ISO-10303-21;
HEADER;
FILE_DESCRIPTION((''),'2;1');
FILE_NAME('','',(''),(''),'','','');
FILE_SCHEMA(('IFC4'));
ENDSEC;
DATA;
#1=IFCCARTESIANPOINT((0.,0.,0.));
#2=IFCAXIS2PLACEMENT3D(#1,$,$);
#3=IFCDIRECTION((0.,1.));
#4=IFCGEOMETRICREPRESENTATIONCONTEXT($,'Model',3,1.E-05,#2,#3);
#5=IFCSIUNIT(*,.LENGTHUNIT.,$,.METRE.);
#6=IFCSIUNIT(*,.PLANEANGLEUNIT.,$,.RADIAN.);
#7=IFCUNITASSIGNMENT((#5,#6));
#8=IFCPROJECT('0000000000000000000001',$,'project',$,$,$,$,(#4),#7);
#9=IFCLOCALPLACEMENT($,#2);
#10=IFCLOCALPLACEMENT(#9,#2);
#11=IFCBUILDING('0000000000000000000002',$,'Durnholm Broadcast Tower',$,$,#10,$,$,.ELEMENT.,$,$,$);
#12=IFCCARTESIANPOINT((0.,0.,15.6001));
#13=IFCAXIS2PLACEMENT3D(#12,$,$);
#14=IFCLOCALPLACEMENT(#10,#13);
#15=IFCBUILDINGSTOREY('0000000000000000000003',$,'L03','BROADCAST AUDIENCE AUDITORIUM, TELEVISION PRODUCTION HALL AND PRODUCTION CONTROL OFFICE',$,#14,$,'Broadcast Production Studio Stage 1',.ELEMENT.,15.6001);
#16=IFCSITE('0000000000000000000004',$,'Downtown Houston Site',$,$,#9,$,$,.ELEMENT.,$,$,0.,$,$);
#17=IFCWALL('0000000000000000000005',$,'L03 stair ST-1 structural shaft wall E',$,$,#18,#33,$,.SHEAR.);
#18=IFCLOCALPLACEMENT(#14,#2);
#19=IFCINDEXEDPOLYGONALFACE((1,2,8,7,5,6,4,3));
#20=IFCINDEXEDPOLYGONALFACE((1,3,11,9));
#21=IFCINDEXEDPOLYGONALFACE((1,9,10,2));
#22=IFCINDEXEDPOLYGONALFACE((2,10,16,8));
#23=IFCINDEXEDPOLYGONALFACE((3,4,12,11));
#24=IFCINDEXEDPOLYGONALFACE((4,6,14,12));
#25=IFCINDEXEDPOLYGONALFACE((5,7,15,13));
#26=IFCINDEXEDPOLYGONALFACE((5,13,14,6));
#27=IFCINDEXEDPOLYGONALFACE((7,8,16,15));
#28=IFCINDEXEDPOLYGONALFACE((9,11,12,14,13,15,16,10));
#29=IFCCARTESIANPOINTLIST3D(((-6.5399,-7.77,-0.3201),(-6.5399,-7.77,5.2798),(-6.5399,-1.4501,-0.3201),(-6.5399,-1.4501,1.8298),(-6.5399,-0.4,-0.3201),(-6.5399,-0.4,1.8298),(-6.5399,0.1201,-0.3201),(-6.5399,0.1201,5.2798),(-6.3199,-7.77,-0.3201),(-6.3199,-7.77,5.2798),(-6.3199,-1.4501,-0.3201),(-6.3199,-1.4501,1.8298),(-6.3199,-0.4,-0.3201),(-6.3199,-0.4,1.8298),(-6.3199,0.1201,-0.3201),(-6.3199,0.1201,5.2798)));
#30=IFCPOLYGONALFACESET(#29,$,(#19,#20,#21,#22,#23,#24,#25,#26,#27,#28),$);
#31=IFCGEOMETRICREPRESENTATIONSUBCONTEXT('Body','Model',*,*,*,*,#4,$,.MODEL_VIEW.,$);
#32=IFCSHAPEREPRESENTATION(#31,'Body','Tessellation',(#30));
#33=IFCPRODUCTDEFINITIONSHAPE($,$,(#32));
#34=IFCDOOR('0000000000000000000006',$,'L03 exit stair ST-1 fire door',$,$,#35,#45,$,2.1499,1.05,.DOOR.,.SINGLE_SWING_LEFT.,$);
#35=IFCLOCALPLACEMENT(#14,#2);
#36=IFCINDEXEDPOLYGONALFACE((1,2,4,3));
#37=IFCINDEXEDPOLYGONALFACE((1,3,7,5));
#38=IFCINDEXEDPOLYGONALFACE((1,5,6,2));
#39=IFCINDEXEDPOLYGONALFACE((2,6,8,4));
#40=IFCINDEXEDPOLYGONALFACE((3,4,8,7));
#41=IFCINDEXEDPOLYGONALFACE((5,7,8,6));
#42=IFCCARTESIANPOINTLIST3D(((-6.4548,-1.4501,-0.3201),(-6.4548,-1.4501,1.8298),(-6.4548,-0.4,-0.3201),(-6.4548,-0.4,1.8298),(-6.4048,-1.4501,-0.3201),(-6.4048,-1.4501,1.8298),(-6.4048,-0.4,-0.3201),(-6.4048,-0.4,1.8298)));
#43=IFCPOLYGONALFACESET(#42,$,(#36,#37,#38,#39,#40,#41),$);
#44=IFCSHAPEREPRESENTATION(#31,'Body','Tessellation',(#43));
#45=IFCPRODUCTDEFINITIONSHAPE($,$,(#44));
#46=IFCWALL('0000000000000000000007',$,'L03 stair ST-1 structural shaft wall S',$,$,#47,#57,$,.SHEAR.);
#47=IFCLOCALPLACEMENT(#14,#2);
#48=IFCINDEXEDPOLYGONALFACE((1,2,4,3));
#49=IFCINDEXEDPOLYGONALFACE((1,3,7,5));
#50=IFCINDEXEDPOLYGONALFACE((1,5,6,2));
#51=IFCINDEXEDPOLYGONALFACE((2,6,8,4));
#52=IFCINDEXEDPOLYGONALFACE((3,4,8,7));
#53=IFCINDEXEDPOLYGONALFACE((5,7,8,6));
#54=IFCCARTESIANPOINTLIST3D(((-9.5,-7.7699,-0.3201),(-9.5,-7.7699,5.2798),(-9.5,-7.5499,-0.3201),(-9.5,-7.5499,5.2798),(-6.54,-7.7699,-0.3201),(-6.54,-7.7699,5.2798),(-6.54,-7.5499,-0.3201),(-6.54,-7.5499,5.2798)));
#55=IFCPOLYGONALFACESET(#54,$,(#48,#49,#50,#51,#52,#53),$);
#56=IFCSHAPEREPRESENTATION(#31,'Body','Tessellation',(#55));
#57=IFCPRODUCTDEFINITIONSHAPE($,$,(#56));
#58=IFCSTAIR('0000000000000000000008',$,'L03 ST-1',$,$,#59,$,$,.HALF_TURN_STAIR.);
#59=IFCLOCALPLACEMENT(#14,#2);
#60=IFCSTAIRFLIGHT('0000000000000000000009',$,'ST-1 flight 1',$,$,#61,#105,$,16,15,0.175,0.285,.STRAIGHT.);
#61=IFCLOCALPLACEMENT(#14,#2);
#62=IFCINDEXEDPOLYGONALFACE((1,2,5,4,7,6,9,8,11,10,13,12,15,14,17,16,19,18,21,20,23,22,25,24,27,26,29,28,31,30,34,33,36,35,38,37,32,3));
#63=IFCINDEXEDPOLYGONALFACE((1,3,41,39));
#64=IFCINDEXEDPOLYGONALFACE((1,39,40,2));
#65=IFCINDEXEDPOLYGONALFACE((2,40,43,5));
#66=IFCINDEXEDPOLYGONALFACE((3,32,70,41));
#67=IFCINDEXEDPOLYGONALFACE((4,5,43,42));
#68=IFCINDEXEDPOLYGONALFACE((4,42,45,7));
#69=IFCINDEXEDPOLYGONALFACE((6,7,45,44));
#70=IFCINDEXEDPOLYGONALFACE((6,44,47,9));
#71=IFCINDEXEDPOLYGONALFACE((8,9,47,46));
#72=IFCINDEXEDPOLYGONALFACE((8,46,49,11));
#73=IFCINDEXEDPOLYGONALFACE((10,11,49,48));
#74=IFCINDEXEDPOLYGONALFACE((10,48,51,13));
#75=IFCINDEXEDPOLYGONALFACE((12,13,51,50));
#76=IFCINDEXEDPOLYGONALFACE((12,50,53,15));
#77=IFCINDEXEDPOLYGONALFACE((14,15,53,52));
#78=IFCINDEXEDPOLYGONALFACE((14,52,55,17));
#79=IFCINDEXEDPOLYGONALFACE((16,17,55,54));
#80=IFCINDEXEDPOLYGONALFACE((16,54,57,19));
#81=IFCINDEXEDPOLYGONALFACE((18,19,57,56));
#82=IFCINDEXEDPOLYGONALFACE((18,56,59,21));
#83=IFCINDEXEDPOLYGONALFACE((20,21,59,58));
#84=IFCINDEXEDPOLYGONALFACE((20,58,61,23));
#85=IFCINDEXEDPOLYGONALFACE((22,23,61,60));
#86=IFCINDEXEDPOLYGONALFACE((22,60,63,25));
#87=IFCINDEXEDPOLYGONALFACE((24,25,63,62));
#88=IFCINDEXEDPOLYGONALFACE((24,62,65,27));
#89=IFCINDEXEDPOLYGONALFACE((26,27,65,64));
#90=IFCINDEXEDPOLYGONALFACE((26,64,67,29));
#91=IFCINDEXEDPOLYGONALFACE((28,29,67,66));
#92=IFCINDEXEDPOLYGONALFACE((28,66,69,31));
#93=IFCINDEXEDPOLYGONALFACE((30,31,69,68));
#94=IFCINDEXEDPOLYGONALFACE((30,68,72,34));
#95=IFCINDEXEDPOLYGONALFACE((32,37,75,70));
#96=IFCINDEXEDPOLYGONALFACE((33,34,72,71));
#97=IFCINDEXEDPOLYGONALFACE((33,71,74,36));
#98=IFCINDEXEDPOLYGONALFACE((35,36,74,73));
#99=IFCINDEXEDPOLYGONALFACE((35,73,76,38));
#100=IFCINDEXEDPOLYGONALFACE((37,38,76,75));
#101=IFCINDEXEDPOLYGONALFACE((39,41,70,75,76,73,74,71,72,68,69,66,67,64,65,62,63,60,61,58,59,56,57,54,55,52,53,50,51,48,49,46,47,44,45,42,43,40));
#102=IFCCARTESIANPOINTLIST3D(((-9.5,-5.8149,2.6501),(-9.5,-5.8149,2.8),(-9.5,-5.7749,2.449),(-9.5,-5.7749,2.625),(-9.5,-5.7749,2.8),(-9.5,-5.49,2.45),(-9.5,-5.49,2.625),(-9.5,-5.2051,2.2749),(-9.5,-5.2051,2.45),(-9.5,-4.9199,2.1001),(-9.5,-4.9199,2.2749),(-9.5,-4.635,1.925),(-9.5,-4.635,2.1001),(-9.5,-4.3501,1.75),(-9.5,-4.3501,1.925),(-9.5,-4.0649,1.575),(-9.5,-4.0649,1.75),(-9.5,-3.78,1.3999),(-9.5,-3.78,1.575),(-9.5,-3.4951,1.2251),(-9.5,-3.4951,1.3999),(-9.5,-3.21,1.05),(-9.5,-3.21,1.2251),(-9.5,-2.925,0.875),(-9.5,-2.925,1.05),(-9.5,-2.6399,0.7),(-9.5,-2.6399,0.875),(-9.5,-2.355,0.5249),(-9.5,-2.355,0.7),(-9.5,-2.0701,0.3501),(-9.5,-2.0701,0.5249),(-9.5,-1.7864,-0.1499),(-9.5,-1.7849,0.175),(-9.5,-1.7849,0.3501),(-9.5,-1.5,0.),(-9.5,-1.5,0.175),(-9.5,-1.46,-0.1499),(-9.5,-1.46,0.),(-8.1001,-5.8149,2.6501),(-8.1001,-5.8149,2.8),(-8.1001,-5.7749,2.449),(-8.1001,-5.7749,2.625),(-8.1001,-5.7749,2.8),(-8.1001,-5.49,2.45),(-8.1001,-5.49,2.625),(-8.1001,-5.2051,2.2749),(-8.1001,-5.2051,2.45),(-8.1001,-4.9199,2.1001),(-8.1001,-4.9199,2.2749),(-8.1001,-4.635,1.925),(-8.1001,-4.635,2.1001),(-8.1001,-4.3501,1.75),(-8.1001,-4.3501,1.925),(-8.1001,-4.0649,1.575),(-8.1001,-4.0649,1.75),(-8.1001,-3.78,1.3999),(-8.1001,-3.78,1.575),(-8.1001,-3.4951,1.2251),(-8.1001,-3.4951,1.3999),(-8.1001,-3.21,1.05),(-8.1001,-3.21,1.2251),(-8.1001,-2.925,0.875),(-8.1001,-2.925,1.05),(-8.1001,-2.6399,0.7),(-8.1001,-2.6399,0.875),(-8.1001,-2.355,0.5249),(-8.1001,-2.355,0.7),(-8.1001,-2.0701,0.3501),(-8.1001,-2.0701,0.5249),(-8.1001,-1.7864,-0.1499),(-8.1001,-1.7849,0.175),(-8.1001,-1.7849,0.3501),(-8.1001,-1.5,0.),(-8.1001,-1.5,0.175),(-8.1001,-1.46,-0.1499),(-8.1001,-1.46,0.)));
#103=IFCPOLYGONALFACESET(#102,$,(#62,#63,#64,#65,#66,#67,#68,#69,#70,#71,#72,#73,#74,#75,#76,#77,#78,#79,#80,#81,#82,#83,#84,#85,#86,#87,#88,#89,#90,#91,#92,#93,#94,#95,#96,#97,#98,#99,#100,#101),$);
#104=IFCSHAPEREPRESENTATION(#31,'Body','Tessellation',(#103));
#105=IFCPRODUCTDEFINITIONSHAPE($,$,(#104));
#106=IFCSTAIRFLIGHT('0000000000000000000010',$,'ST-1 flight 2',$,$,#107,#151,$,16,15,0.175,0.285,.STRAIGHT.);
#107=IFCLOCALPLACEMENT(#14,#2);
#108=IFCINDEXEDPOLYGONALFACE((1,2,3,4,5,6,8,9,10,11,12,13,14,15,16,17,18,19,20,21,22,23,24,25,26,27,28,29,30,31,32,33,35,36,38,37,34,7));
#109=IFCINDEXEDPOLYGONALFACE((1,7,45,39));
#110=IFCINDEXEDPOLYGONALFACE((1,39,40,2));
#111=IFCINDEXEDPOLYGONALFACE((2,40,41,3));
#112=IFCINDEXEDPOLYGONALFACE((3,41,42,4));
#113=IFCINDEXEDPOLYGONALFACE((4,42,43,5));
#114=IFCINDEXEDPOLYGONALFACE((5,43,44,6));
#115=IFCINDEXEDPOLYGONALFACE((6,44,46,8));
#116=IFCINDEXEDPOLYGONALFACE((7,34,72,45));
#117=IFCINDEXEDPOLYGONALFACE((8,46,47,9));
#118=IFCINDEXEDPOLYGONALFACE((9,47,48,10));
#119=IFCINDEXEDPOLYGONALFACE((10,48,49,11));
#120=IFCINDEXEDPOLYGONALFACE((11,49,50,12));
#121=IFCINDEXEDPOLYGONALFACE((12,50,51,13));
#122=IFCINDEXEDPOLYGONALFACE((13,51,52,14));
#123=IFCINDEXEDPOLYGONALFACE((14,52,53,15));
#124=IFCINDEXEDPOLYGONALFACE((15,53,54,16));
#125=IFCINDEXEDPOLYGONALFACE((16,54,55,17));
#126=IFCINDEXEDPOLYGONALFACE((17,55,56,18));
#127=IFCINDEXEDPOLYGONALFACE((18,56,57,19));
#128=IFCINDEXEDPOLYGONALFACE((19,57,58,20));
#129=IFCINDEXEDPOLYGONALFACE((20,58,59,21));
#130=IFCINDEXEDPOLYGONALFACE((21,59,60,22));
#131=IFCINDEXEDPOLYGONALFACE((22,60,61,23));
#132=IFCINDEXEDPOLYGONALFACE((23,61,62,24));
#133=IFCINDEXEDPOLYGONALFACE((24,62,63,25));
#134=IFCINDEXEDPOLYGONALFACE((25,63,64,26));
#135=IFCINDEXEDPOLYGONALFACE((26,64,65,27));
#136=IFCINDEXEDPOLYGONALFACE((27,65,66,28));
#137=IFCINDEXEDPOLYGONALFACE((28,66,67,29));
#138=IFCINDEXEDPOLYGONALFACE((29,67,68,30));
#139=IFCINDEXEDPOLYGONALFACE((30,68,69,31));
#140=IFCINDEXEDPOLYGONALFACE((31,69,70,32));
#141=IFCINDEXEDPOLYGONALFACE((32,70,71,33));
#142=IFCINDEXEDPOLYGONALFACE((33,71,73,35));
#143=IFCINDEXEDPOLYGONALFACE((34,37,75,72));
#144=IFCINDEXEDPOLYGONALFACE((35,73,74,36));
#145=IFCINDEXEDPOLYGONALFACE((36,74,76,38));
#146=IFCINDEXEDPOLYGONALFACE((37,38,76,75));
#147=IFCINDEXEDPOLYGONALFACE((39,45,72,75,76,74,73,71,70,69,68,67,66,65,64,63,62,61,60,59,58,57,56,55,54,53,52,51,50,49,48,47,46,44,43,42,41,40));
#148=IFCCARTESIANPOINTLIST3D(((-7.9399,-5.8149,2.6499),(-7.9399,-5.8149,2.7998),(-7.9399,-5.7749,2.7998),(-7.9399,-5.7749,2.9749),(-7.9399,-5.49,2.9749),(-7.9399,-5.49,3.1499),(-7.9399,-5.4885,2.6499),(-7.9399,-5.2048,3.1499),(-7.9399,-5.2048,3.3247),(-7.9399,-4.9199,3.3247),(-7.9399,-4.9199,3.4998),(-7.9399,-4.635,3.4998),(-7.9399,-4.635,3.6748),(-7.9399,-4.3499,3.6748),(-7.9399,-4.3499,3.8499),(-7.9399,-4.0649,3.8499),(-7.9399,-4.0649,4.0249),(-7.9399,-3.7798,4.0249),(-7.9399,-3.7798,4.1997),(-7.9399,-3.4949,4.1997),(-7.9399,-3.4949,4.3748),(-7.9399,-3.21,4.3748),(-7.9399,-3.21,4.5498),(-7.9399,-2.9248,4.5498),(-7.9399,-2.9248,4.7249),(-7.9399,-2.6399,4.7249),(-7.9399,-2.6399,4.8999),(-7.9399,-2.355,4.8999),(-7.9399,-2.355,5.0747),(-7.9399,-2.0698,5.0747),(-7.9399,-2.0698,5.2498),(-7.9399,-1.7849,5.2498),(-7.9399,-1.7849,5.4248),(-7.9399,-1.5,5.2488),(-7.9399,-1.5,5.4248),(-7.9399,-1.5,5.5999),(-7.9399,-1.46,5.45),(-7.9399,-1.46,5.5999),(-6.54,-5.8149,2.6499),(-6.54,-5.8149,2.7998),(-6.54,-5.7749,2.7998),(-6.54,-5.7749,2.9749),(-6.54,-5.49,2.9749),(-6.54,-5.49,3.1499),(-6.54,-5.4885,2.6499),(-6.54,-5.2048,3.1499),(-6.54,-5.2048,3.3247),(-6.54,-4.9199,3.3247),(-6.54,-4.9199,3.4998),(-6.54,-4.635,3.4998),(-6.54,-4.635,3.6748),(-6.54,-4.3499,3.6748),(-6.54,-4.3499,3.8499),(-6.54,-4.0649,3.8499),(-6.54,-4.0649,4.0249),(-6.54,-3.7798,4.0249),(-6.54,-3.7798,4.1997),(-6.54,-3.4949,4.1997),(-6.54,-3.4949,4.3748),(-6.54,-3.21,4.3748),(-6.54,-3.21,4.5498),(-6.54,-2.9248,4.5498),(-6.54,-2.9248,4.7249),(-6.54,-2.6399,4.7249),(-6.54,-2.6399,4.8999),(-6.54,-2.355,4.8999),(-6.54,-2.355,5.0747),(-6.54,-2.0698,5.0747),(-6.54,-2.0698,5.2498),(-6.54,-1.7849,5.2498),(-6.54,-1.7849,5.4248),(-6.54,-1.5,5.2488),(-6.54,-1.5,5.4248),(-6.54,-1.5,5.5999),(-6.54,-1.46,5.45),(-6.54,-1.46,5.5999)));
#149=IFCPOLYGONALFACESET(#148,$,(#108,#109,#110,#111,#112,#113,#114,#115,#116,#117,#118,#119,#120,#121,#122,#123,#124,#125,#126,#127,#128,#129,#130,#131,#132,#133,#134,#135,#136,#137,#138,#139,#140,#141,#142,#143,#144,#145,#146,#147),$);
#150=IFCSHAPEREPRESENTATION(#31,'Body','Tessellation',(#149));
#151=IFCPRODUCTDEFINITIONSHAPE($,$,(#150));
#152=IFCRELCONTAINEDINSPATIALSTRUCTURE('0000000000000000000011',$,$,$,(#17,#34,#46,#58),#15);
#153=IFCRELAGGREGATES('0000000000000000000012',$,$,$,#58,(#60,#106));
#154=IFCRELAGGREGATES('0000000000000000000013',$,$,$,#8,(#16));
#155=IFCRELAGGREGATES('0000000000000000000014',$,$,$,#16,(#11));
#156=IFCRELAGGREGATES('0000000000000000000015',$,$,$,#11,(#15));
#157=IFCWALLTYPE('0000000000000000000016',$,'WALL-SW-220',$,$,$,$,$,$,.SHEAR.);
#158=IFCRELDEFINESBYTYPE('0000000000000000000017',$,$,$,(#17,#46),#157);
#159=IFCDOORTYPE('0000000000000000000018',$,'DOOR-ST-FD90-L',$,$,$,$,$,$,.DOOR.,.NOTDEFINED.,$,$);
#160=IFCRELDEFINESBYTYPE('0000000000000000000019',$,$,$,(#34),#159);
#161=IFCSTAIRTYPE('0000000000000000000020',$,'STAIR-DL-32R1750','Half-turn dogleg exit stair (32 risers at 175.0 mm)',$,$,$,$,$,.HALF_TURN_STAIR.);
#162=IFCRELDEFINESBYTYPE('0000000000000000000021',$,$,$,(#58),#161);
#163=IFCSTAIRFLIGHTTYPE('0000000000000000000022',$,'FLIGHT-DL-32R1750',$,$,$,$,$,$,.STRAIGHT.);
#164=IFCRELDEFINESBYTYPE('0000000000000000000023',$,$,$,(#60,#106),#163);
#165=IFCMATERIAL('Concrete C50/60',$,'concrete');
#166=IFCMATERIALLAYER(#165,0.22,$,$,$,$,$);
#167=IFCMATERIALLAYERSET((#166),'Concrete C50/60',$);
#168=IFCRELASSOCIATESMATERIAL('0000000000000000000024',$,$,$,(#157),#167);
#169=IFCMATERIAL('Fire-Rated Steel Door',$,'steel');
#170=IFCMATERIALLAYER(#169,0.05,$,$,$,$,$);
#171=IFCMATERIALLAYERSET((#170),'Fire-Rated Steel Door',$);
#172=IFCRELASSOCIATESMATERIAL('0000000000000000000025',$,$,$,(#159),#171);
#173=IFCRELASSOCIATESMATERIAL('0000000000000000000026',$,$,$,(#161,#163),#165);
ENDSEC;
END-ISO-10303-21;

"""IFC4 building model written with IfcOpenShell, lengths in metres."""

from ifc_helpers import new_model, si_unit, direction, frame, frame_2d, origin, place, context, subcontext, project, spatial, polyline, rectangle, outline, extrude, source, transform, mapped, material, layer, layer_set, type_object, type_shapes, element, fill, aggregate, save


model = new_model("IFC4")

# Units and contexts
model_context = context("Model", 3, precision=1e-05, world=origin(), true_north=direction((0.0, 1.0)))
body_context = subcontext(model_context, "Body", "Model", "MODEL_VIEW")
ifc_project = project(units=[si_unit("LENGTHUNIT", "METRE"), si_unit("PLANEANGLEUNIT", "RADIAN")], contexts=[model_context])

# Site, building, storey
site_placement = place(None, origin())
site = spatial("IfcSite", under=ifc_project, at=site_placement, Name="Downtown Houston Site", CompositionType="ELEMENT", RefElevation=0.0)
building_placement = place(site_placement, origin())
building = spatial("IfcBuilding", under=site, at=building_placement, Name="Durnholm Broadcast Tower", CompositionType="ELEMENT")
storey_placement = place(building_placement, frame((0.0, 0.0, 15.6001)))
storey = spatial("IfcBuildingStorey", under=building, at=storey_placement, Name="L03", Description="BROADCAST AUDIENCE AUDITORIUM, TELEVISION PRODUCTION HALL AND PRODUCTION CONTROL OFFICE", LongName="Broadcast Production Studio Stage 1", CompositionType="ELEMENT", Elevation=15.6001)

# Wall, opening, door
ifc_material_1 = material(Name="Concrete C50/60", Category="concrete")
ifc_layer_1 = layer(ifc_material_1, 0.22)
ifc_layer_set_1 = layer_set([ifc_layer_1], Name="Concrete C50/60")
wall_type_1 = type_object("IfcWallType", Name="WALL-SW-220", PredefinedType="SHEAR", material=ifc_layer_set_1)
wall_1_placement = place(storey_placement, frame((-6.4299, -7.77, -0.3201), z_axis=(0.0, 0.0, 1.0), x_axis=(0.0, 1.0, 0.0)))
wall_1 = element("IfcWall", 1, at=wall_1_placement, inside=storey, type_object=wall_type_1, Name="L03 stair ST-1 structural shaft wall E", PredefinedType="SHEAR", context=body_context, shape_type="SweptSolid", body=[
    extrude(rectangle(XDim=7.8901, YDim=0.22, at=frame_2d((3.9451, 0.0))), origin(), (0.0, 0.0, 1.0), 5.5999),
])
opening_placement = place(wall_1_placement, frame((6.3201, 0.0, 0.0)))
opening = element("IfcOpeningElement", 2, at=opening_placement, cuts=wall_1, PredefinedType="OPENING", context=body_context, shape_type="SweptSolid", body=[
    extrude(rectangle(XDim=1.05, YDim=2.1499, at=frame_2d((0.5249, 1.075))), frame((0.0, 0.1201, 0.0), z_axis=(0.0, -1.0, 0.0), x_axis=(1.0, 0.0, 0.0)), (0.0, 0.0, 1.0), 0.24),
])
ifc_material_2 = material(Name="Fire-Rated Steel Door", Category="steel")
ifc_layer_2 = layer(ifc_material_2, 0.05)
ifc_layer_set_2 = layer_set([ifc_layer_2], Name="Fire-Rated Steel Door")
door_type = type_object("IfcDoorType", Name="DOOR-ST-FD90-L", OperationType="NOTDEFINED", PredefinedType="DOOR", material=ifc_layer_set_2)
shared_shape_1 = source(origin(), body_context, "Body", "SweptSolid", [
    extrude(rectangle(XDim=1.05, YDim=2.1499, at=frame_2d((0.5249, 1.075))), frame((0.0, 0.0249, 0.0), z_axis=(0.0, -1.0, 0.0), x_axis=(1.0, 0.0, 0.0)), (0.0, 0.0, 1.0), 0.05),
])
type_shapes(door_type, [shared_shape_1])
door_placement = place(opening_placement, origin())
door = element("IfcDoor", 3, at=door_placement, inside=storey, type_object=door_type, Name="L03 exit stair ST-1 fire door", OperationType="SINGLE_SWING_LEFT", OverallHeight=2.1499, OverallWidth=1.05, PredefinedType="DOOR", context=body_context, shape_type="MappedRepresentation", body=[
    mapped(shared_shape_1, transform((0.0, 0.0, 0.0), x_axis=(1.0, 0.0, 0.0), y_axis=(0.0, 1.0, 0.0), z_axis=(0.0, 0.0, 1.0), scale=1.0)),
])
fill(opening, door)

# Wall
wall_2_placement = place(storey_placement, frame((-9.5, -7.6599, -0.3201), z_axis=(0.0, 0.0, 1.0), x_axis=(1.0, 0.0, 0.0)))
element("IfcWall", 4, at=wall_2_placement, inside=storey, type_object=wall_type_1, Name="L03 stair ST-1 structural shaft wall S", PredefinedType="SHEAR", context=body_context, shape_type="SweptSolid", body=[
    extrude(rectangle(XDim=2.96, YDim=0.22, at=frame_2d((1.48, 0.0))), origin(), (0.0, 0.0, 1.0), 5.5999),
])

# Stair, stair flights
stair_type = type_object("IfcStairType", Name="STAIR-DL-32R1750", Description="Half-turn dogleg exit stair (32 risers at 175.0 mm)", PredefinedType="HALF_TURN_STAIR", material=ifc_material_1)
stair_placement = place(storey_placement, origin())
stair = element("IfcStair", 5, at=stair_placement, inside=storey, type_object=stair_type, Name="L03 ST-1", PredefinedType="HALF_TURN_STAIR")
stair_flight_type = type_object("IfcStairFlightType", Name="FLIGHT-DL-32R1750", PredefinedType="STRAIGHT", material=ifc_material_1)
stair_flight_1_placement = place(storey_placement, frame((-8.8, -1.5, 0.0), z_axis=(0.0, 0.0, 1.0), x_axis=(0.0, -1.0, 0.0)))
stair_flight_1 = element("IfcStairFlight", 6, at=stair_flight_1_placement, type_object=stair_flight_type, Name="ST-1 flight 1", NumberOfRisers=16, NumberOfTreads=15, PredefinedType="STRAIGHT", RiserHeight=0.175, TreadLength=0.285, context=body_context, shape_type="SweptSolid", body=[
    extrude(outline(polyline([(-0.04, -0.1499), (-0.04, 0.0), (0.0, 0.0), (0.0, 0.175), (0.2849, 0.175), (0.2849, 0.3501), (0.5701, 0.3501), (0.5701, 0.5249), (0.855, 0.5249), (0.855, 0.7), (1.1399, 0.7), (1.1399, 0.875), (1.425, 0.875), (1.425, 1.05), (1.71, 1.05), (1.71, 1.2251), (1.9951, 1.2251), (1.9951, 1.3999), (2.28, 1.3999), (2.28, 1.575), (2.5649, 1.575), (2.5649, 1.75), (2.8501, 1.75), (2.8501, 1.925), (3.135, 1.925), (3.135, 2.1001), (3.4199, 2.1001), (3.4199, 2.2749), (3.7051, 2.2749), (3.7051, 2.45), (3.99, 2.45), (3.99, 2.625), (4.2749, 2.625), (4.2749, 2.8), (4.3149, 2.8), (4.3149, 2.6501), (4.2749, 2.449), (0.2864, -0.1499), (-0.04, -0.1499)])), frame((0.0, 0.7, 0.0), z_axis=(0.0, -1.0, 0.0), x_axis=(1.0, 0.0, 0.0)), (0.0, 0.0, 1.0), 1.3999),
])
stair_flight_2_placement = place(storey_placement, frame((-7.24, -5.7749, 2.7998), z_axis=(0.0, 0.0, 1.0), x_axis=(0.0, 1.0, 0.0)))
stair_flight_2 = element("IfcStairFlight", 7, at=stair_flight_2_placement, type_object=stair_flight_type, Name="ST-1 flight 2", NumberOfRisers=16, NumberOfTreads=15, PredefinedType="STRAIGHT", RiserHeight=0.175, TreadLength=0.285, context=body_context, shape_type="SweptSolid", body=[
    extrude(outline(polyline([(-0.04, -0.1499), (-0.04, 0.0), (0.0, 0.0), (0.0, 0.175), (0.2849, 0.175), (0.2849, 0.3501), (0.5701, 0.3501), (0.5701, 0.5249), (0.855, 0.5249), (0.855, 0.7), (1.1399, 0.7), (1.1399, 0.875), (1.425, 0.875), (1.425, 1.05), (1.71, 1.05), (1.71, 1.2251), (1.9951, 1.2251), (1.9951, 1.3999), (2.28, 1.3999), (2.28, 1.575), (2.5649, 1.575), (2.5649, 1.75), (2.8501, 1.75), (2.8501, 1.925), (3.135, 1.925), (3.135, 2.1001), (3.4199, 2.1001), (3.4199, 2.2749), (3.7051, 2.2749), (3.7051, 2.45), (3.99, 2.45), (3.99, 2.625), (4.2749, 2.625), (4.2749, 2.8), (4.3149, 2.8), (4.3149, 2.6501), (4.2749, 2.449), (0.2864, -0.1499), (-0.04, -0.1499)])), frame((0.0, 0.7, 0.0), z_axis=(0.0, -1.0, 0.0), x_axis=(1.0, 0.0, 0.0)), (0.0, 0.0, 1.0), 1.3999),
])
aggregate(stair, [stair_flight_1, stair_flight_2])

save(model, "model.ifc")
